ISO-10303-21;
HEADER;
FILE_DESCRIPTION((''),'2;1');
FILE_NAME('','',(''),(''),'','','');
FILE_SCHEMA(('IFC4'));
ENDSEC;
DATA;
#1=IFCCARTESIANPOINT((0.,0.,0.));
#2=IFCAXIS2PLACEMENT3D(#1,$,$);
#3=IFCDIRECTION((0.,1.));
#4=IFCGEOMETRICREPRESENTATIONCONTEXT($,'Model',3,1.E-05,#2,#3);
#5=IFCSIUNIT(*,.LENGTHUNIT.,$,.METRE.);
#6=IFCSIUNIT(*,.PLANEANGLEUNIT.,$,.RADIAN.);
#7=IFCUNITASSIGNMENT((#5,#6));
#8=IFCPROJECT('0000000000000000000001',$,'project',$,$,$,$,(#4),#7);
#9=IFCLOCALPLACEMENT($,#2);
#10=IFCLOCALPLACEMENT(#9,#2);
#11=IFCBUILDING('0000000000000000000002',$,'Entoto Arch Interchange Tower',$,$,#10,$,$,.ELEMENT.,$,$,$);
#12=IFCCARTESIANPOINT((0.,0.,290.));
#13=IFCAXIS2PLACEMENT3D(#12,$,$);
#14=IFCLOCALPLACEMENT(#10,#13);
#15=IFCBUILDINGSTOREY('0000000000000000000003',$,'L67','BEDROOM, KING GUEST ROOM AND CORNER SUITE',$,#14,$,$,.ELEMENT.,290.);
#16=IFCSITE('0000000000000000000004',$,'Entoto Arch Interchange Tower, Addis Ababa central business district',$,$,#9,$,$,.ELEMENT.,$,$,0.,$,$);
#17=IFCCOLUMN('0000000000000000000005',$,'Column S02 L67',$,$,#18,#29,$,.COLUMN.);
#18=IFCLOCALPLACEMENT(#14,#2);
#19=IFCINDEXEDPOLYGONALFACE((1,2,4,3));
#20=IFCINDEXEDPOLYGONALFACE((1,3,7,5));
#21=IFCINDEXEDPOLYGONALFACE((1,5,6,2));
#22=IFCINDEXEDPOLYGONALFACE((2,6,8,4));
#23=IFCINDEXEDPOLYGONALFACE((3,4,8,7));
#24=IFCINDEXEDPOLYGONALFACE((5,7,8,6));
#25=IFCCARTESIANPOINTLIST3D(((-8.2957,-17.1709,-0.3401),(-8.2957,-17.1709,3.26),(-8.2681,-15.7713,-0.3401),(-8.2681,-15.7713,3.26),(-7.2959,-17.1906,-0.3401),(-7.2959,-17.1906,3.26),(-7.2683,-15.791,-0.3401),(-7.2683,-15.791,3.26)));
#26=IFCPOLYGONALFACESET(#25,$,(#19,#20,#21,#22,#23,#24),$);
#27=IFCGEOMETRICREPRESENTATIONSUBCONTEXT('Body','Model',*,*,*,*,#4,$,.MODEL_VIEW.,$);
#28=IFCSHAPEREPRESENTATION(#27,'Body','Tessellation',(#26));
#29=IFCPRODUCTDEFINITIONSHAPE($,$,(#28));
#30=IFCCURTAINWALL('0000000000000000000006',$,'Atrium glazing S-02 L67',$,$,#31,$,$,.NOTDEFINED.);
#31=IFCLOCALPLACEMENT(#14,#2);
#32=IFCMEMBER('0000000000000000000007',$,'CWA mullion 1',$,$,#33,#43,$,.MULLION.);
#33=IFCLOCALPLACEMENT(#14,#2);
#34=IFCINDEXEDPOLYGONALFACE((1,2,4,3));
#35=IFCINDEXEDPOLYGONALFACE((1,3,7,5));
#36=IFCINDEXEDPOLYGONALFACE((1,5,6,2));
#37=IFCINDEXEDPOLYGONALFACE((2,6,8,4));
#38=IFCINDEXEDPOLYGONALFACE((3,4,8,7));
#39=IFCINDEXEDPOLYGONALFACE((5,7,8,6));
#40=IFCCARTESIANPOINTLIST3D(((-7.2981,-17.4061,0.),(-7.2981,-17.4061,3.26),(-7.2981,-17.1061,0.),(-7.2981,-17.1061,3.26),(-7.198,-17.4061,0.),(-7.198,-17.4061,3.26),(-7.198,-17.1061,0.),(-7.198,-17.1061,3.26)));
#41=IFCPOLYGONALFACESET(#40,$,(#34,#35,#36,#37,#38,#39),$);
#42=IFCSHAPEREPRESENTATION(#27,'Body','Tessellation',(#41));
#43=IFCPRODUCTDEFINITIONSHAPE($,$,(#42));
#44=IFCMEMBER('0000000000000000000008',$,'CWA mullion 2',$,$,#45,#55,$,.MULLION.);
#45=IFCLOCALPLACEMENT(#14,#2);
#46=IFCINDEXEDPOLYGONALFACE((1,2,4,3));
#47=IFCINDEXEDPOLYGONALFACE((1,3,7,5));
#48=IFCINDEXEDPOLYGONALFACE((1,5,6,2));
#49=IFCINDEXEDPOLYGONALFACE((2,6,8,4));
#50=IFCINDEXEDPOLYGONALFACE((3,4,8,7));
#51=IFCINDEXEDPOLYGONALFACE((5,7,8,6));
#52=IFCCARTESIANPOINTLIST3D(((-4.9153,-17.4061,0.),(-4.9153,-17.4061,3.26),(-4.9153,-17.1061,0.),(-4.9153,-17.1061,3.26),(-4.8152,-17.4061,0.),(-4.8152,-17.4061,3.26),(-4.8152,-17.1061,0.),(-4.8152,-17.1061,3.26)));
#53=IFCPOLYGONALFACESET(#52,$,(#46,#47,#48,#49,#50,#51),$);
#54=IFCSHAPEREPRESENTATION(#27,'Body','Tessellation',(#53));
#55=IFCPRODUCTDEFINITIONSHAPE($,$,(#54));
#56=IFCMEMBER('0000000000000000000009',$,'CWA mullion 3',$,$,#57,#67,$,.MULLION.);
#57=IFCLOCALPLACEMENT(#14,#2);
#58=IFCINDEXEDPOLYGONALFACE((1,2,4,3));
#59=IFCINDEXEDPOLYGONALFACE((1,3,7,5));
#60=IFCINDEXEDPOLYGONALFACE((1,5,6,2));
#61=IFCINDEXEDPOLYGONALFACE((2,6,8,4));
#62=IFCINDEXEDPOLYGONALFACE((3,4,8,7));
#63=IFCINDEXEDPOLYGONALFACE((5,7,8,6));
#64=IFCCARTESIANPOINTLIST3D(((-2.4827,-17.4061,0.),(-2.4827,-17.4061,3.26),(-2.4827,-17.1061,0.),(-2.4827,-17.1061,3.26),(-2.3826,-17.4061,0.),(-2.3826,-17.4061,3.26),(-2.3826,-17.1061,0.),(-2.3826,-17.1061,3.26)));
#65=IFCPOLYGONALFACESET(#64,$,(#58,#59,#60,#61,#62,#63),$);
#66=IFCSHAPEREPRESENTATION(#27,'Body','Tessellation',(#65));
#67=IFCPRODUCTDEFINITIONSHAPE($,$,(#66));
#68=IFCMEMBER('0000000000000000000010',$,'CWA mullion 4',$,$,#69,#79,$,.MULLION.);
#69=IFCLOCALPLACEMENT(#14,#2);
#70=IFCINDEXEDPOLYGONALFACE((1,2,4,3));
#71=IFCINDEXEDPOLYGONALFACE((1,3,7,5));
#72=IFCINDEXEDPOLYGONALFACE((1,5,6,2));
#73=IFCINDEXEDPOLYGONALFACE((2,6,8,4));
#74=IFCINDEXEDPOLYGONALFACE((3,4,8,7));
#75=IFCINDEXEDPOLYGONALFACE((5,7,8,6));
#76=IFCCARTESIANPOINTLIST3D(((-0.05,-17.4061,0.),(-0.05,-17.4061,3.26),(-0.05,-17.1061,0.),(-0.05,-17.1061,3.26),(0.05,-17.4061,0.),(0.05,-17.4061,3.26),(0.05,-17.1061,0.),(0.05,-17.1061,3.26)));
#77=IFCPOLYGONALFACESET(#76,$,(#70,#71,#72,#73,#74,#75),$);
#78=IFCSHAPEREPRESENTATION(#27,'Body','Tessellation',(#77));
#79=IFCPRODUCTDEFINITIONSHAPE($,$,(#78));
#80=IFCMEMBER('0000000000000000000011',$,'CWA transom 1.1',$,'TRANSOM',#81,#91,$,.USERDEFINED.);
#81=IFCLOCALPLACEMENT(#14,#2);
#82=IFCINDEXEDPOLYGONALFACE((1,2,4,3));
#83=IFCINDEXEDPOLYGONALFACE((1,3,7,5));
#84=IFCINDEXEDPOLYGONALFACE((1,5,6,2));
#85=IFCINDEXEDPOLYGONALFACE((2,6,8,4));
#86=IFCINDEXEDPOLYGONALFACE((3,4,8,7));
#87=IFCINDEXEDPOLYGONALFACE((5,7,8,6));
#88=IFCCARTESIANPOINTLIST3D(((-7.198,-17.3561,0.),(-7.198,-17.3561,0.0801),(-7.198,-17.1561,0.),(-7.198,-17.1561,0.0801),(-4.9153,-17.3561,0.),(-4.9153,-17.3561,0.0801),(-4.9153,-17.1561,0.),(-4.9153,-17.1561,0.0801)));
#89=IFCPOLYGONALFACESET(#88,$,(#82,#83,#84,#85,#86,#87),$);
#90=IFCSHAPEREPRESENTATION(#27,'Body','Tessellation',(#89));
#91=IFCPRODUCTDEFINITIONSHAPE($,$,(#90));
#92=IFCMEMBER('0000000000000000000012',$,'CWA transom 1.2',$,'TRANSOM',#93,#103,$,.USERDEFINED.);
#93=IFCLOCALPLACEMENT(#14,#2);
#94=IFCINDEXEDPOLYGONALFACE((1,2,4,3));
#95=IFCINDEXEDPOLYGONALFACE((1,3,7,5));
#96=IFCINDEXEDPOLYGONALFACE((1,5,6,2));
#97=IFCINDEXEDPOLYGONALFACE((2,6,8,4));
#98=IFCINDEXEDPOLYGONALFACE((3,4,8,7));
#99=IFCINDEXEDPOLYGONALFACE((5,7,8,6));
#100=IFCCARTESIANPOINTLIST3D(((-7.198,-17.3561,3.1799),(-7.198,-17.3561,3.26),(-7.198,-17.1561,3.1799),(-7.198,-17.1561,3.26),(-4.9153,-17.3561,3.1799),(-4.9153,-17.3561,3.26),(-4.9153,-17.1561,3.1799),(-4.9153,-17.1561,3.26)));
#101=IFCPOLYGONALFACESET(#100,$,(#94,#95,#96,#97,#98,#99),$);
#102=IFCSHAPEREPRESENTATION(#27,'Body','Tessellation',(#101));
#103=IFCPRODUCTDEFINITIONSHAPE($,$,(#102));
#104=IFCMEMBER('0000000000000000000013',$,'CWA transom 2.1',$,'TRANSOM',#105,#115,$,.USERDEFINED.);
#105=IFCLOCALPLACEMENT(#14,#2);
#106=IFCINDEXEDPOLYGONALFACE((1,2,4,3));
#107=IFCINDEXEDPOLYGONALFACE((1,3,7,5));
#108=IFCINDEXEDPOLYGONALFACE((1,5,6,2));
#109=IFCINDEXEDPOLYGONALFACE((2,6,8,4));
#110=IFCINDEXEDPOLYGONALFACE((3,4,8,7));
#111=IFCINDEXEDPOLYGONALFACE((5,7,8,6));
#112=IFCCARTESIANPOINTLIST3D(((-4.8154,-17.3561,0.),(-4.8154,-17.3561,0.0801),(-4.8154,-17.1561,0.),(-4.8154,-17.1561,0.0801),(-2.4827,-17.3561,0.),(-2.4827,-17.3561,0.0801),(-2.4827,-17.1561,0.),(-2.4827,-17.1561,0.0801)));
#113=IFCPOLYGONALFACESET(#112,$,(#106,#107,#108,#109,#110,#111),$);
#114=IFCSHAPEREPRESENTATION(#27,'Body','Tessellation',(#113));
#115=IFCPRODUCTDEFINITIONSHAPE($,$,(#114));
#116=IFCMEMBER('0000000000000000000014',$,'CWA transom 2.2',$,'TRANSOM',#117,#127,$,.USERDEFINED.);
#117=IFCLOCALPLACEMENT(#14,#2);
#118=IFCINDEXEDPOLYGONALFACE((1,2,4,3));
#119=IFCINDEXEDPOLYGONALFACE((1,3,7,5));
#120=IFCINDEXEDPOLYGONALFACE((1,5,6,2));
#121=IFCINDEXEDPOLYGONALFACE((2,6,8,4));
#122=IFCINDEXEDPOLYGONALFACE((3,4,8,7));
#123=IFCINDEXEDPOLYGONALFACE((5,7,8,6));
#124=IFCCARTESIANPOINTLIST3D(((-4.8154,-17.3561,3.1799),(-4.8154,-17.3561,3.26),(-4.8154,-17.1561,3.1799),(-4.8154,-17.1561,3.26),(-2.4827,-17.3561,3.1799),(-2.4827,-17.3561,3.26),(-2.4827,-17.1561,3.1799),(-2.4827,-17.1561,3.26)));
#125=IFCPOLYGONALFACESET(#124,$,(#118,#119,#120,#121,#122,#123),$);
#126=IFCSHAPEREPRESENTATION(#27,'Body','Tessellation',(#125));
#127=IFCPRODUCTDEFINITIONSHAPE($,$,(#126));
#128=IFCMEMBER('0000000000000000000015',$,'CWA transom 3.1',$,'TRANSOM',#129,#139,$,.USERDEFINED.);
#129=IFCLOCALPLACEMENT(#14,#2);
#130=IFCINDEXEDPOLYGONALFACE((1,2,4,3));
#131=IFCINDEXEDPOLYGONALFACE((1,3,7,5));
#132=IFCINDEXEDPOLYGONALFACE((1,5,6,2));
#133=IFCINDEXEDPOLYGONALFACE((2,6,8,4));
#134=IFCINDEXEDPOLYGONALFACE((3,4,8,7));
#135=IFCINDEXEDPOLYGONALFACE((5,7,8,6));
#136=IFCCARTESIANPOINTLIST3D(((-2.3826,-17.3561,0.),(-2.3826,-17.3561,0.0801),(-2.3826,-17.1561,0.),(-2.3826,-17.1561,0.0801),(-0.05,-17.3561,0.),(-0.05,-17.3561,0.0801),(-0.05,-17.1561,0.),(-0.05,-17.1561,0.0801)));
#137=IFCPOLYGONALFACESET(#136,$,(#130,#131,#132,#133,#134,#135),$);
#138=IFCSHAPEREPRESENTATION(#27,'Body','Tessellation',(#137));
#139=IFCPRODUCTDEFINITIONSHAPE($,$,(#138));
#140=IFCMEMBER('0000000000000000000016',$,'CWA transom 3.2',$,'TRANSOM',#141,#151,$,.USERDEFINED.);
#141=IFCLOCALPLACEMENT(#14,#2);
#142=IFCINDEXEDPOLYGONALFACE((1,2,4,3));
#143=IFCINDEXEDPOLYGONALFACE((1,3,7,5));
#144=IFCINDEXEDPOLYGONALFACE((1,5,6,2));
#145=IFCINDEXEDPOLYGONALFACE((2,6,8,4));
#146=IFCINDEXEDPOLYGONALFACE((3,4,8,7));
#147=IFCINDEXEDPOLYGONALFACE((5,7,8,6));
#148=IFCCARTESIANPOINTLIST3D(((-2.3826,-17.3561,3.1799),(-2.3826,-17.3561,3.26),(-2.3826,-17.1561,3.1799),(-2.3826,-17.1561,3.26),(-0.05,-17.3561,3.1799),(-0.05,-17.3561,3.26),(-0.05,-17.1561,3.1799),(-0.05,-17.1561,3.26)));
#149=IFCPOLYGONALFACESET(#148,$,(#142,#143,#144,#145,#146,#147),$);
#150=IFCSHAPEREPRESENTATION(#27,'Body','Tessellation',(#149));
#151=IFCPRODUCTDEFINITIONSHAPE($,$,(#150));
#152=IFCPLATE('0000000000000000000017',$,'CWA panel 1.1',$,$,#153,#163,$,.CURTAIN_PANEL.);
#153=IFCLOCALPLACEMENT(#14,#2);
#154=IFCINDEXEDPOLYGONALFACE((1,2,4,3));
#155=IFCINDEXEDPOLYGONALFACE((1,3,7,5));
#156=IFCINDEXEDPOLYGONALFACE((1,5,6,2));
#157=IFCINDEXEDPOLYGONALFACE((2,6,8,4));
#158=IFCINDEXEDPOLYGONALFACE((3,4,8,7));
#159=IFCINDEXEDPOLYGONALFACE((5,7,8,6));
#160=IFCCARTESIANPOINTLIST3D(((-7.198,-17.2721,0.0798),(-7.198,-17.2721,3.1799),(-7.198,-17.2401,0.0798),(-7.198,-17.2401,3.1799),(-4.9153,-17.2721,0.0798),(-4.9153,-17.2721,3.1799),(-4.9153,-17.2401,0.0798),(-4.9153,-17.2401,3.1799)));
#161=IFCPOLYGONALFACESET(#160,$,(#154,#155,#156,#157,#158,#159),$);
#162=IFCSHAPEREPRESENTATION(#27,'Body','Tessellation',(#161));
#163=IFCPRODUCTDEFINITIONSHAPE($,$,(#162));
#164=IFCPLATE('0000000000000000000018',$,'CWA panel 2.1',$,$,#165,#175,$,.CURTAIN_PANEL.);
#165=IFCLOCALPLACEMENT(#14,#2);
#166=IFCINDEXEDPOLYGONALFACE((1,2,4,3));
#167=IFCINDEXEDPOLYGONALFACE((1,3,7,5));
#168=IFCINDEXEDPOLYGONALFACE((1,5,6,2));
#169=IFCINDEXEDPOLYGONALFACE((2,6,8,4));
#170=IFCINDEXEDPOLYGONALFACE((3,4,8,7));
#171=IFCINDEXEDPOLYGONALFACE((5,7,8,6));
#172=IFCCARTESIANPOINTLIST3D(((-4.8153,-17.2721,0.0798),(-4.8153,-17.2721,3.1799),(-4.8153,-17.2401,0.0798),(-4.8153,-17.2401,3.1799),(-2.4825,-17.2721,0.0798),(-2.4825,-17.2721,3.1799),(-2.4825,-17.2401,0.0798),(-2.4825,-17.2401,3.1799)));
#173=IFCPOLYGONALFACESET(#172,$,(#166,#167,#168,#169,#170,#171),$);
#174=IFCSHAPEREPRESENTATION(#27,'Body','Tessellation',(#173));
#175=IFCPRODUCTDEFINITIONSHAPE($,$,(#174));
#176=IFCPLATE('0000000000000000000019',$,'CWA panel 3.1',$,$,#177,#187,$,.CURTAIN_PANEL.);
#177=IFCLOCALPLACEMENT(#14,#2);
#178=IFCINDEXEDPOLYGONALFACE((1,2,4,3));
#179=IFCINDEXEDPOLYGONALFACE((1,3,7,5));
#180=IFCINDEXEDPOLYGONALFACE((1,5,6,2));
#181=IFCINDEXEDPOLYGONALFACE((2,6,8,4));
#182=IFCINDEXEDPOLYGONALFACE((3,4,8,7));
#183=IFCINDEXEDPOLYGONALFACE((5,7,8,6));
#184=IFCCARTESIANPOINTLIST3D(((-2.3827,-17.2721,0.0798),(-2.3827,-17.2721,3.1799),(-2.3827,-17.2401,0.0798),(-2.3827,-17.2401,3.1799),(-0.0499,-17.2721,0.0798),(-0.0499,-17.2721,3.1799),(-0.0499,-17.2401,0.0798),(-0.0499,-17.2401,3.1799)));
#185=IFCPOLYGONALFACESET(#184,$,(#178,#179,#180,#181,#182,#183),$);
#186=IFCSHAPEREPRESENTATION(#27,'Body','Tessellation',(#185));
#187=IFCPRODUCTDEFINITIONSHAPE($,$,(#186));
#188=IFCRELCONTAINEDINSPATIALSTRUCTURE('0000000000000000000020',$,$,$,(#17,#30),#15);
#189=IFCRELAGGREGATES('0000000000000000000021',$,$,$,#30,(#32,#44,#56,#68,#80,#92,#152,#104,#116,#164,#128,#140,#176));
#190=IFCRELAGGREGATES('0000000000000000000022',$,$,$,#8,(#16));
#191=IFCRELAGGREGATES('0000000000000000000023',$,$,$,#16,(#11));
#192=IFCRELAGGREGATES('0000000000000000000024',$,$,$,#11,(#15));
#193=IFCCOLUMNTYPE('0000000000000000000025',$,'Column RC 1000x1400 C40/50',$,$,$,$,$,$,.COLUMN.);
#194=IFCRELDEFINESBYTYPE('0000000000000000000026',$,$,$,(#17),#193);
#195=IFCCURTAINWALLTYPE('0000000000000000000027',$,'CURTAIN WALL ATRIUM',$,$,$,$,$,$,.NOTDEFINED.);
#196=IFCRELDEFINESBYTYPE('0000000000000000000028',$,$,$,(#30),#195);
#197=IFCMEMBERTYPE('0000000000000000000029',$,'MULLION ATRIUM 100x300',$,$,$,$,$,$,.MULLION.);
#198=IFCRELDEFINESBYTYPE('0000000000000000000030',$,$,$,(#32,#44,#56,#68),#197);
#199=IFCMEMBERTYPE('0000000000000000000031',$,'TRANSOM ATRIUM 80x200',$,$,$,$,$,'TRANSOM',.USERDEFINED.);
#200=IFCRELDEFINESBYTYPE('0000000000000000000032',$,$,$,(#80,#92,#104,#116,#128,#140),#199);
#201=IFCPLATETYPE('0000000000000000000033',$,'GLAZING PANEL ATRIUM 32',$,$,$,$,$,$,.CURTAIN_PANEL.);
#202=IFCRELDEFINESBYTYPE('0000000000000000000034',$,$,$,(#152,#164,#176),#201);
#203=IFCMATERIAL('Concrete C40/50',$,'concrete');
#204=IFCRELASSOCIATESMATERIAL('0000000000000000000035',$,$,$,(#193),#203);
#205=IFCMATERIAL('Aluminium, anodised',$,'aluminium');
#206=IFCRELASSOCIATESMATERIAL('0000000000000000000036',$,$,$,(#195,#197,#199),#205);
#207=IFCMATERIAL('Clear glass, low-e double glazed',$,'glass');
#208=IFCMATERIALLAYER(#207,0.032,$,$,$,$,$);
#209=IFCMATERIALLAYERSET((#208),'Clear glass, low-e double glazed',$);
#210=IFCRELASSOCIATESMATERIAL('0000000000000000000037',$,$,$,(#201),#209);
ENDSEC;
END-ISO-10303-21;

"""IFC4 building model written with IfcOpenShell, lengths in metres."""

from ifc_helpers import new_model, si_unit, direction, frame, origin, origin_2d, place, context, subcontext, project, spatial, rectangle, extrude, material, layer, layer_set, material_profile, profile_set, type_object, element, aggregate, save


model = new_model("IFC4")

# Units and contexts
model_context = context("Model", 3, precision=1e-05, world=origin(), true_north=direction((0.0, 1.0)))
body_context = subcontext(model_context, "Body", "Model", "MODEL_VIEW")
ifc_project = project(units=[si_unit("LENGTHUNIT", "METRE"), si_unit("PLANEANGLEUNIT", "RADIAN")], contexts=[model_context])

# Site, building, storey
site_placement = place(None, origin())
site = spatial("IfcSite", under=ifc_project, at=site_placement, Name="Entoto Arch Interchange Tower, Addis Ababa central business district", CompositionType="ELEMENT", RefElevation=0.0)
building_placement = place(site_placement, origin())
building = spatial("IfcBuilding", under=site, at=building_placement, Name="Entoto Arch Interchange Tower", CompositionType="ELEMENT")
storey_placement = place(building_placement, frame((0.0, 0.0, 290.0)))
storey = spatial("IfcBuildingStorey", under=building, at=storey_placement, Name="L67", Description="BEDROOM, KING GUEST ROOM AND CORNER SUITE", CompositionType="ELEMENT", Elevation=290.0)

# Column
ifc_material_1 = material(Name="Concrete C40/50", Category="concrete")
ifc_material_profile_1 = material_profile(ifc_material_1, rectangle(XDim=1.0, YDim=1.3999, at=origin_2d()))
ifc_profile_set_1 = profile_set([ifc_material_profile_1], Name="Concrete C40/50")
column_type = type_object("IfcColumnType", Name="Column RC 1000x1400 C40/50", PredefinedType="COLUMN", material=ifc_profile_set_1)
column_placement = place(storey_placement, frame((-7.782, -16.481, -0.3401), z_axis=(0.0, 0.0, 1.0), x_axis=(-0.999806, 0.019721, 0.0)))
element("IfcColumn", 1, at=column_placement, inside=storey, type_object=column_type, Name="Column S02 L67", PredefinedType="COLUMN", context=body_context, shape_type="SweptSolid", body=[
    extrude(rectangle(XDim=1.0, YDim=1.3999, at=origin_2d()), origin(), (0.0, 0.0, 1.0), 3.6001),
])

# Curtain wall, members, plates
ifc_material_2 = material(Name="Aluminium, anodised", Category="aluminium")
curtain_wall_type = type_object("IfcCurtainWallType", Name="CURTAIN WALL ATRIUM", PredefinedType="NOTDEFINED", material=ifc_material_2)
curtain_wall_placement = place(storey_placement, origin())
curtain_wall = element("IfcCurtainWall", 2, at=curtain_wall_placement, inside=storey, type_object=curtain_wall_type, Name="Atrium glazing S-02 L67", PredefinedType="NOTDEFINED")
ifc_material_profile_2 = material_profile(ifc_material_2, rectangle(XDim=0.3, YDim=0.1001, at=origin_2d()))
ifc_profile_set_2 = profile_set([ifc_material_profile_2], Name="Aluminium, anodised")
member_type_1 = type_object("IfcMemberType", Name="MULLION ATRIUM 100x300", PredefinedType="MULLION", material=ifc_profile_set_2)
member_1_placement = place(storey_placement, frame((-7.248, -17.2561, 0.0), z_axis=(0.0, 0.0, 1.0), x_axis=(0.0, 1.0, 0.0)))
member_1 = element("IfcMember", 3, at=member_1_placement, type_object=member_type_1, Name="CWA mullion 1", PredefinedType="MULLION", context=body_context, shape_type="SweptSolid", body=[
    extrude(rectangle(XDim=0.3, YDim=0.1001, at=origin_2d()), origin(), (0.0, 0.0, 1.0), 3.26),
])
member_2_placement = place(storey_placement, frame((-4.8652, -17.2561, 0.0), z_axis=(0.0, 0.0, 1.0), x_axis=(0.0, 1.0, 0.0)))
member_2 = element("IfcMember", 4, at=member_2_placement, type_object=member_type_1, Name="CWA mullion 2", PredefinedType="MULLION", context=body_context, shape_type="SweptSolid", body=[
    extrude(rectangle(XDim=0.3, YDim=0.1001, at=origin_2d()), origin(), (0.0, 0.0, 1.0), 3.26),
])
member_3_placement = place(storey_placement, frame((-2.4326, -17.2561, 0.0), z_axis=(0.0, 0.0, 1.0), x_axis=(0.0, 1.0, 0.0)))
member_3 = element("IfcMember", 5, at=member_3_placement, type_object=member_type_1, Name="CWA mullion 3", PredefinedType="MULLION", context=body_context, shape_type="SweptSolid", body=[
    extrude(rectangle(XDim=0.3, YDim=0.1001, at=origin_2d()), origin(), (0.0, 0.0, 1.0), 3.26),
])
member_4_placement = place(storey_placement, frame((0.0, -17.2561, 0.0), z_axis=(0.0, 0.0, 1.0), x_axis=(0.0, 1.0, 0.0)))
member_4 = element("IfcMember", 6, at=member_4_placement, type_object=member_type_1, Name="CWA mullion 4", PredefinedType="MULLION", context=body_context, shape_type="SweptSolid", body=[
    extrude(rectangle(XDim=0.3, YDim=0.1001, at=origin_2d()), origin(), (0.0, 0.0, 1.0), 3.26),
])
ifc_material_profile_3 = material_profile(ifc_material_2, rectangle(XDim=0.2, YDim=0.0801, at=origin_2d()))
ifc_profile_set_3 = profile_set([ifc_material_profile_3], Name="Aluminium, anodised")
member_type_2 = type_object("IfcMemberType", Name="TRANSOM ATRIUM 80x200", ElementType="TRANSOM", PredefinedType="USERDEFINED", material=ifc_profile_set_3)
member_5_placement = place(storey_placement, frame((-7.198, -17.2561, 0.04), z_axis=(1.0, 0.0, 0.0), x_axis=(0.0, 1.0, 0.0)))
member_5 = element("IfcMember", 7, at=member_5_placement, type_object=member_type_2, Name="CWA transom 1.1", ObjectType="TRANSOM", PredefinedType="USERDEFINED", context=body_context, shape_type="SweptSolid", body=[
    extrude(rectangle(XDim=0.2, YDim=0.0801, at=origin_2d()), origin(), (0.0, 0.0, 1.0), 2.2827),
])
member_6_placement = place(storey_placement, frame((-7.198, -17.2561, 3.22), z_axis=(1.0, 0.0, 0.0), x_axis=(0.0, 1.0, 0.0)))
member_6 = element("IfcMember", 8, at=member_6_placement, type_object=member_type_2, Name="CWA transom 1.2", ObjectType="TRANSOM", PredefinedType="USERDEFINED", context=body_context, shape_type="SweptSolid", body=[
    extrude(rectangle(XDim=0.2, YDim=0.0801, at=origin_2d()), origin(), (0.0, 0.0, 1.0), 2.2827),
])
member_7_placement = place(storey_placement, frame((-4.8154, -17.2561, 0.04), z_axis=(1.0, 0.0, 0.0), x_axis=(0.0, 1.0, 0.0)))
member_7 = element("IfcMember", 9, at=member_7_placement, type_object=member_type_2, Name="CWA transom 2.1", ObjectType="TRANSOM", PredefinedType="USERDEFINED", context=body_context, shape_type="SweptSolid", body=[
    extrude(rectangle(XDim=0.2, YDim=0.0801, at=origin_2d()), origin(), (0.0, 0.0, 1.0), 2.3328),
])
member_8_placement = place(storey_placement, frame((-4.8154, -17.2561, 3.22), z_axis=(1.0, 0.0, 0.0), x_axis=(0.0, 1.0, 0.0)))
member_8 = element("IfcMember", 10, at=member_8_placement, type_object=member_type_2, Name="CWA transom 2.2", ObjectType="TRANSOM", PredefinedType="USERDEFINED", context=body_context, shape_type="SweptSolid", body=[
    extrude(rectangle(XDim=0.2, YDim=0.0801, at=origin_2d()), origin(), (0.0, 0.0, 1.0), 2.3328),
])
member_9_placement = place(storey_placement, frame((-2.3826, -17.2561, 0.04), z_axis=(1.0, 0.0, 0.0), x_axis=(0.0, 1.0, 0.0)))
member_9 = element("IfcMember", 11, at=member_9_placement, type_object=member_type_2, Name="CWA transom 3.1", ObjectType="TRANSOM", PredefinedType="USERDEFINED", context=body_context, shape_type="SweptSolid", body=[
    extrude(rectangle(XDim=0.2, YDim=0.0801, at=origin_2d()), origin(), (0.0, 0.0, 1.0), 2.3325),
])
member_10_placement = place(storey_placement, frame((-2.3826, -17.2561, 3.22), z_axis=(1.0, 0.0, 0.0), x_axis=(0.0, 1.0, 0.0)))
member_10 = element("IfcMember", 12, at=member_10_placement, type_object=member_type_2, Name="CWA transom 3.2", ObjectType="TRANSOM", PredefinedType="USERDEFINED", context=body_context, shape_type="SweptSolid", body=[
    extrude(rectangle(XDim=0.2, YDim=0.0801, at=origin_2d()), origin(), (0.0, 0.0, 1.0), 2.3325),
])
ifc_material_3 = material(Name="Clear glass, low-e double glazed", Category="glass")
ifc_layer_1 = layer(ifc_material_3, 0.032)
ifc_layer_set_1 = layer_set([ifc_layer_1], Name="Clear glass, low-e double glazed")
plate_type = type_object("IfcPlateType", Name="GLAZING PANEL ATRIUM 32", PredefinedType="CURTAIN_PANEL", material=ifc_layer_set_1)
plate_1_placement = place(storey_placement, frame((-6.0566, -17.2561, 0.0798), z_axis=(0.0, 0.0, 1.0), x_axis=(1.0, 0.0, 0.0)))
plate_1 = element("IfcPlate", 13, at=plate_1_placement, type_object=plate_type, Name="CWA panel 1.1", PredefinedType="CURTAIN_PANEL", context=body_context, shape_type="SweptSolid", body=[
    extrude(rectangle(XDim=2.2827, YDim=0.032, at=origin_2d()), origin(), (0.0, 0.0, 1.0), 3.1001),
])
plate_2_placement = place(storey_placement, frame((-3.6489, -17.2561, 0.0798), z_axis=(0.0, 0.0, 1.0), x_axis=(1.0, 0.0, 0.0)))
plate_2 = element("IfcPlate", 14, at=plate_2_placement, type_object=plate_type, Name="CWA panel 2.1", PredefinedType="CURTAIN_PANEL", context=body_context, shape_type="SweptSolid", body=[
    extrude(rectangle(XDim=2.3328, YDim=0.032, at=origin_2d()), origin(), (0.0, 0.0, 1.0), 3.1001),
])
plate_3_placement = place(storey_placement, frame((-1.2163, -17.2561, 0.0798), z_axis=(0.0, 0.0, 1.0), x_axis=(1.0, 0.0, 0.0)))
plate_3 = element("IfcPlate", 15, at=plate_3_placement, type_object=plate_type, Name="CWA panel 3.1", PredefinedType="CURTAIN_PANEL", context=body_context, shape_type="SweptSolid", body=[
    extrude(rectangle(XDim=2.3328, YDim=0.032, at=origin_2d()), origin(), (0.0, 0.0, 1.0), 3.1001),
])
aggregate(curtain_wall, [member_1, member_2, member_3, member_4, member_5, member_6, plate_1, member_7, member_8, plate_2, member_9, member_10, plate_3])

save(model, "model.ifc")
